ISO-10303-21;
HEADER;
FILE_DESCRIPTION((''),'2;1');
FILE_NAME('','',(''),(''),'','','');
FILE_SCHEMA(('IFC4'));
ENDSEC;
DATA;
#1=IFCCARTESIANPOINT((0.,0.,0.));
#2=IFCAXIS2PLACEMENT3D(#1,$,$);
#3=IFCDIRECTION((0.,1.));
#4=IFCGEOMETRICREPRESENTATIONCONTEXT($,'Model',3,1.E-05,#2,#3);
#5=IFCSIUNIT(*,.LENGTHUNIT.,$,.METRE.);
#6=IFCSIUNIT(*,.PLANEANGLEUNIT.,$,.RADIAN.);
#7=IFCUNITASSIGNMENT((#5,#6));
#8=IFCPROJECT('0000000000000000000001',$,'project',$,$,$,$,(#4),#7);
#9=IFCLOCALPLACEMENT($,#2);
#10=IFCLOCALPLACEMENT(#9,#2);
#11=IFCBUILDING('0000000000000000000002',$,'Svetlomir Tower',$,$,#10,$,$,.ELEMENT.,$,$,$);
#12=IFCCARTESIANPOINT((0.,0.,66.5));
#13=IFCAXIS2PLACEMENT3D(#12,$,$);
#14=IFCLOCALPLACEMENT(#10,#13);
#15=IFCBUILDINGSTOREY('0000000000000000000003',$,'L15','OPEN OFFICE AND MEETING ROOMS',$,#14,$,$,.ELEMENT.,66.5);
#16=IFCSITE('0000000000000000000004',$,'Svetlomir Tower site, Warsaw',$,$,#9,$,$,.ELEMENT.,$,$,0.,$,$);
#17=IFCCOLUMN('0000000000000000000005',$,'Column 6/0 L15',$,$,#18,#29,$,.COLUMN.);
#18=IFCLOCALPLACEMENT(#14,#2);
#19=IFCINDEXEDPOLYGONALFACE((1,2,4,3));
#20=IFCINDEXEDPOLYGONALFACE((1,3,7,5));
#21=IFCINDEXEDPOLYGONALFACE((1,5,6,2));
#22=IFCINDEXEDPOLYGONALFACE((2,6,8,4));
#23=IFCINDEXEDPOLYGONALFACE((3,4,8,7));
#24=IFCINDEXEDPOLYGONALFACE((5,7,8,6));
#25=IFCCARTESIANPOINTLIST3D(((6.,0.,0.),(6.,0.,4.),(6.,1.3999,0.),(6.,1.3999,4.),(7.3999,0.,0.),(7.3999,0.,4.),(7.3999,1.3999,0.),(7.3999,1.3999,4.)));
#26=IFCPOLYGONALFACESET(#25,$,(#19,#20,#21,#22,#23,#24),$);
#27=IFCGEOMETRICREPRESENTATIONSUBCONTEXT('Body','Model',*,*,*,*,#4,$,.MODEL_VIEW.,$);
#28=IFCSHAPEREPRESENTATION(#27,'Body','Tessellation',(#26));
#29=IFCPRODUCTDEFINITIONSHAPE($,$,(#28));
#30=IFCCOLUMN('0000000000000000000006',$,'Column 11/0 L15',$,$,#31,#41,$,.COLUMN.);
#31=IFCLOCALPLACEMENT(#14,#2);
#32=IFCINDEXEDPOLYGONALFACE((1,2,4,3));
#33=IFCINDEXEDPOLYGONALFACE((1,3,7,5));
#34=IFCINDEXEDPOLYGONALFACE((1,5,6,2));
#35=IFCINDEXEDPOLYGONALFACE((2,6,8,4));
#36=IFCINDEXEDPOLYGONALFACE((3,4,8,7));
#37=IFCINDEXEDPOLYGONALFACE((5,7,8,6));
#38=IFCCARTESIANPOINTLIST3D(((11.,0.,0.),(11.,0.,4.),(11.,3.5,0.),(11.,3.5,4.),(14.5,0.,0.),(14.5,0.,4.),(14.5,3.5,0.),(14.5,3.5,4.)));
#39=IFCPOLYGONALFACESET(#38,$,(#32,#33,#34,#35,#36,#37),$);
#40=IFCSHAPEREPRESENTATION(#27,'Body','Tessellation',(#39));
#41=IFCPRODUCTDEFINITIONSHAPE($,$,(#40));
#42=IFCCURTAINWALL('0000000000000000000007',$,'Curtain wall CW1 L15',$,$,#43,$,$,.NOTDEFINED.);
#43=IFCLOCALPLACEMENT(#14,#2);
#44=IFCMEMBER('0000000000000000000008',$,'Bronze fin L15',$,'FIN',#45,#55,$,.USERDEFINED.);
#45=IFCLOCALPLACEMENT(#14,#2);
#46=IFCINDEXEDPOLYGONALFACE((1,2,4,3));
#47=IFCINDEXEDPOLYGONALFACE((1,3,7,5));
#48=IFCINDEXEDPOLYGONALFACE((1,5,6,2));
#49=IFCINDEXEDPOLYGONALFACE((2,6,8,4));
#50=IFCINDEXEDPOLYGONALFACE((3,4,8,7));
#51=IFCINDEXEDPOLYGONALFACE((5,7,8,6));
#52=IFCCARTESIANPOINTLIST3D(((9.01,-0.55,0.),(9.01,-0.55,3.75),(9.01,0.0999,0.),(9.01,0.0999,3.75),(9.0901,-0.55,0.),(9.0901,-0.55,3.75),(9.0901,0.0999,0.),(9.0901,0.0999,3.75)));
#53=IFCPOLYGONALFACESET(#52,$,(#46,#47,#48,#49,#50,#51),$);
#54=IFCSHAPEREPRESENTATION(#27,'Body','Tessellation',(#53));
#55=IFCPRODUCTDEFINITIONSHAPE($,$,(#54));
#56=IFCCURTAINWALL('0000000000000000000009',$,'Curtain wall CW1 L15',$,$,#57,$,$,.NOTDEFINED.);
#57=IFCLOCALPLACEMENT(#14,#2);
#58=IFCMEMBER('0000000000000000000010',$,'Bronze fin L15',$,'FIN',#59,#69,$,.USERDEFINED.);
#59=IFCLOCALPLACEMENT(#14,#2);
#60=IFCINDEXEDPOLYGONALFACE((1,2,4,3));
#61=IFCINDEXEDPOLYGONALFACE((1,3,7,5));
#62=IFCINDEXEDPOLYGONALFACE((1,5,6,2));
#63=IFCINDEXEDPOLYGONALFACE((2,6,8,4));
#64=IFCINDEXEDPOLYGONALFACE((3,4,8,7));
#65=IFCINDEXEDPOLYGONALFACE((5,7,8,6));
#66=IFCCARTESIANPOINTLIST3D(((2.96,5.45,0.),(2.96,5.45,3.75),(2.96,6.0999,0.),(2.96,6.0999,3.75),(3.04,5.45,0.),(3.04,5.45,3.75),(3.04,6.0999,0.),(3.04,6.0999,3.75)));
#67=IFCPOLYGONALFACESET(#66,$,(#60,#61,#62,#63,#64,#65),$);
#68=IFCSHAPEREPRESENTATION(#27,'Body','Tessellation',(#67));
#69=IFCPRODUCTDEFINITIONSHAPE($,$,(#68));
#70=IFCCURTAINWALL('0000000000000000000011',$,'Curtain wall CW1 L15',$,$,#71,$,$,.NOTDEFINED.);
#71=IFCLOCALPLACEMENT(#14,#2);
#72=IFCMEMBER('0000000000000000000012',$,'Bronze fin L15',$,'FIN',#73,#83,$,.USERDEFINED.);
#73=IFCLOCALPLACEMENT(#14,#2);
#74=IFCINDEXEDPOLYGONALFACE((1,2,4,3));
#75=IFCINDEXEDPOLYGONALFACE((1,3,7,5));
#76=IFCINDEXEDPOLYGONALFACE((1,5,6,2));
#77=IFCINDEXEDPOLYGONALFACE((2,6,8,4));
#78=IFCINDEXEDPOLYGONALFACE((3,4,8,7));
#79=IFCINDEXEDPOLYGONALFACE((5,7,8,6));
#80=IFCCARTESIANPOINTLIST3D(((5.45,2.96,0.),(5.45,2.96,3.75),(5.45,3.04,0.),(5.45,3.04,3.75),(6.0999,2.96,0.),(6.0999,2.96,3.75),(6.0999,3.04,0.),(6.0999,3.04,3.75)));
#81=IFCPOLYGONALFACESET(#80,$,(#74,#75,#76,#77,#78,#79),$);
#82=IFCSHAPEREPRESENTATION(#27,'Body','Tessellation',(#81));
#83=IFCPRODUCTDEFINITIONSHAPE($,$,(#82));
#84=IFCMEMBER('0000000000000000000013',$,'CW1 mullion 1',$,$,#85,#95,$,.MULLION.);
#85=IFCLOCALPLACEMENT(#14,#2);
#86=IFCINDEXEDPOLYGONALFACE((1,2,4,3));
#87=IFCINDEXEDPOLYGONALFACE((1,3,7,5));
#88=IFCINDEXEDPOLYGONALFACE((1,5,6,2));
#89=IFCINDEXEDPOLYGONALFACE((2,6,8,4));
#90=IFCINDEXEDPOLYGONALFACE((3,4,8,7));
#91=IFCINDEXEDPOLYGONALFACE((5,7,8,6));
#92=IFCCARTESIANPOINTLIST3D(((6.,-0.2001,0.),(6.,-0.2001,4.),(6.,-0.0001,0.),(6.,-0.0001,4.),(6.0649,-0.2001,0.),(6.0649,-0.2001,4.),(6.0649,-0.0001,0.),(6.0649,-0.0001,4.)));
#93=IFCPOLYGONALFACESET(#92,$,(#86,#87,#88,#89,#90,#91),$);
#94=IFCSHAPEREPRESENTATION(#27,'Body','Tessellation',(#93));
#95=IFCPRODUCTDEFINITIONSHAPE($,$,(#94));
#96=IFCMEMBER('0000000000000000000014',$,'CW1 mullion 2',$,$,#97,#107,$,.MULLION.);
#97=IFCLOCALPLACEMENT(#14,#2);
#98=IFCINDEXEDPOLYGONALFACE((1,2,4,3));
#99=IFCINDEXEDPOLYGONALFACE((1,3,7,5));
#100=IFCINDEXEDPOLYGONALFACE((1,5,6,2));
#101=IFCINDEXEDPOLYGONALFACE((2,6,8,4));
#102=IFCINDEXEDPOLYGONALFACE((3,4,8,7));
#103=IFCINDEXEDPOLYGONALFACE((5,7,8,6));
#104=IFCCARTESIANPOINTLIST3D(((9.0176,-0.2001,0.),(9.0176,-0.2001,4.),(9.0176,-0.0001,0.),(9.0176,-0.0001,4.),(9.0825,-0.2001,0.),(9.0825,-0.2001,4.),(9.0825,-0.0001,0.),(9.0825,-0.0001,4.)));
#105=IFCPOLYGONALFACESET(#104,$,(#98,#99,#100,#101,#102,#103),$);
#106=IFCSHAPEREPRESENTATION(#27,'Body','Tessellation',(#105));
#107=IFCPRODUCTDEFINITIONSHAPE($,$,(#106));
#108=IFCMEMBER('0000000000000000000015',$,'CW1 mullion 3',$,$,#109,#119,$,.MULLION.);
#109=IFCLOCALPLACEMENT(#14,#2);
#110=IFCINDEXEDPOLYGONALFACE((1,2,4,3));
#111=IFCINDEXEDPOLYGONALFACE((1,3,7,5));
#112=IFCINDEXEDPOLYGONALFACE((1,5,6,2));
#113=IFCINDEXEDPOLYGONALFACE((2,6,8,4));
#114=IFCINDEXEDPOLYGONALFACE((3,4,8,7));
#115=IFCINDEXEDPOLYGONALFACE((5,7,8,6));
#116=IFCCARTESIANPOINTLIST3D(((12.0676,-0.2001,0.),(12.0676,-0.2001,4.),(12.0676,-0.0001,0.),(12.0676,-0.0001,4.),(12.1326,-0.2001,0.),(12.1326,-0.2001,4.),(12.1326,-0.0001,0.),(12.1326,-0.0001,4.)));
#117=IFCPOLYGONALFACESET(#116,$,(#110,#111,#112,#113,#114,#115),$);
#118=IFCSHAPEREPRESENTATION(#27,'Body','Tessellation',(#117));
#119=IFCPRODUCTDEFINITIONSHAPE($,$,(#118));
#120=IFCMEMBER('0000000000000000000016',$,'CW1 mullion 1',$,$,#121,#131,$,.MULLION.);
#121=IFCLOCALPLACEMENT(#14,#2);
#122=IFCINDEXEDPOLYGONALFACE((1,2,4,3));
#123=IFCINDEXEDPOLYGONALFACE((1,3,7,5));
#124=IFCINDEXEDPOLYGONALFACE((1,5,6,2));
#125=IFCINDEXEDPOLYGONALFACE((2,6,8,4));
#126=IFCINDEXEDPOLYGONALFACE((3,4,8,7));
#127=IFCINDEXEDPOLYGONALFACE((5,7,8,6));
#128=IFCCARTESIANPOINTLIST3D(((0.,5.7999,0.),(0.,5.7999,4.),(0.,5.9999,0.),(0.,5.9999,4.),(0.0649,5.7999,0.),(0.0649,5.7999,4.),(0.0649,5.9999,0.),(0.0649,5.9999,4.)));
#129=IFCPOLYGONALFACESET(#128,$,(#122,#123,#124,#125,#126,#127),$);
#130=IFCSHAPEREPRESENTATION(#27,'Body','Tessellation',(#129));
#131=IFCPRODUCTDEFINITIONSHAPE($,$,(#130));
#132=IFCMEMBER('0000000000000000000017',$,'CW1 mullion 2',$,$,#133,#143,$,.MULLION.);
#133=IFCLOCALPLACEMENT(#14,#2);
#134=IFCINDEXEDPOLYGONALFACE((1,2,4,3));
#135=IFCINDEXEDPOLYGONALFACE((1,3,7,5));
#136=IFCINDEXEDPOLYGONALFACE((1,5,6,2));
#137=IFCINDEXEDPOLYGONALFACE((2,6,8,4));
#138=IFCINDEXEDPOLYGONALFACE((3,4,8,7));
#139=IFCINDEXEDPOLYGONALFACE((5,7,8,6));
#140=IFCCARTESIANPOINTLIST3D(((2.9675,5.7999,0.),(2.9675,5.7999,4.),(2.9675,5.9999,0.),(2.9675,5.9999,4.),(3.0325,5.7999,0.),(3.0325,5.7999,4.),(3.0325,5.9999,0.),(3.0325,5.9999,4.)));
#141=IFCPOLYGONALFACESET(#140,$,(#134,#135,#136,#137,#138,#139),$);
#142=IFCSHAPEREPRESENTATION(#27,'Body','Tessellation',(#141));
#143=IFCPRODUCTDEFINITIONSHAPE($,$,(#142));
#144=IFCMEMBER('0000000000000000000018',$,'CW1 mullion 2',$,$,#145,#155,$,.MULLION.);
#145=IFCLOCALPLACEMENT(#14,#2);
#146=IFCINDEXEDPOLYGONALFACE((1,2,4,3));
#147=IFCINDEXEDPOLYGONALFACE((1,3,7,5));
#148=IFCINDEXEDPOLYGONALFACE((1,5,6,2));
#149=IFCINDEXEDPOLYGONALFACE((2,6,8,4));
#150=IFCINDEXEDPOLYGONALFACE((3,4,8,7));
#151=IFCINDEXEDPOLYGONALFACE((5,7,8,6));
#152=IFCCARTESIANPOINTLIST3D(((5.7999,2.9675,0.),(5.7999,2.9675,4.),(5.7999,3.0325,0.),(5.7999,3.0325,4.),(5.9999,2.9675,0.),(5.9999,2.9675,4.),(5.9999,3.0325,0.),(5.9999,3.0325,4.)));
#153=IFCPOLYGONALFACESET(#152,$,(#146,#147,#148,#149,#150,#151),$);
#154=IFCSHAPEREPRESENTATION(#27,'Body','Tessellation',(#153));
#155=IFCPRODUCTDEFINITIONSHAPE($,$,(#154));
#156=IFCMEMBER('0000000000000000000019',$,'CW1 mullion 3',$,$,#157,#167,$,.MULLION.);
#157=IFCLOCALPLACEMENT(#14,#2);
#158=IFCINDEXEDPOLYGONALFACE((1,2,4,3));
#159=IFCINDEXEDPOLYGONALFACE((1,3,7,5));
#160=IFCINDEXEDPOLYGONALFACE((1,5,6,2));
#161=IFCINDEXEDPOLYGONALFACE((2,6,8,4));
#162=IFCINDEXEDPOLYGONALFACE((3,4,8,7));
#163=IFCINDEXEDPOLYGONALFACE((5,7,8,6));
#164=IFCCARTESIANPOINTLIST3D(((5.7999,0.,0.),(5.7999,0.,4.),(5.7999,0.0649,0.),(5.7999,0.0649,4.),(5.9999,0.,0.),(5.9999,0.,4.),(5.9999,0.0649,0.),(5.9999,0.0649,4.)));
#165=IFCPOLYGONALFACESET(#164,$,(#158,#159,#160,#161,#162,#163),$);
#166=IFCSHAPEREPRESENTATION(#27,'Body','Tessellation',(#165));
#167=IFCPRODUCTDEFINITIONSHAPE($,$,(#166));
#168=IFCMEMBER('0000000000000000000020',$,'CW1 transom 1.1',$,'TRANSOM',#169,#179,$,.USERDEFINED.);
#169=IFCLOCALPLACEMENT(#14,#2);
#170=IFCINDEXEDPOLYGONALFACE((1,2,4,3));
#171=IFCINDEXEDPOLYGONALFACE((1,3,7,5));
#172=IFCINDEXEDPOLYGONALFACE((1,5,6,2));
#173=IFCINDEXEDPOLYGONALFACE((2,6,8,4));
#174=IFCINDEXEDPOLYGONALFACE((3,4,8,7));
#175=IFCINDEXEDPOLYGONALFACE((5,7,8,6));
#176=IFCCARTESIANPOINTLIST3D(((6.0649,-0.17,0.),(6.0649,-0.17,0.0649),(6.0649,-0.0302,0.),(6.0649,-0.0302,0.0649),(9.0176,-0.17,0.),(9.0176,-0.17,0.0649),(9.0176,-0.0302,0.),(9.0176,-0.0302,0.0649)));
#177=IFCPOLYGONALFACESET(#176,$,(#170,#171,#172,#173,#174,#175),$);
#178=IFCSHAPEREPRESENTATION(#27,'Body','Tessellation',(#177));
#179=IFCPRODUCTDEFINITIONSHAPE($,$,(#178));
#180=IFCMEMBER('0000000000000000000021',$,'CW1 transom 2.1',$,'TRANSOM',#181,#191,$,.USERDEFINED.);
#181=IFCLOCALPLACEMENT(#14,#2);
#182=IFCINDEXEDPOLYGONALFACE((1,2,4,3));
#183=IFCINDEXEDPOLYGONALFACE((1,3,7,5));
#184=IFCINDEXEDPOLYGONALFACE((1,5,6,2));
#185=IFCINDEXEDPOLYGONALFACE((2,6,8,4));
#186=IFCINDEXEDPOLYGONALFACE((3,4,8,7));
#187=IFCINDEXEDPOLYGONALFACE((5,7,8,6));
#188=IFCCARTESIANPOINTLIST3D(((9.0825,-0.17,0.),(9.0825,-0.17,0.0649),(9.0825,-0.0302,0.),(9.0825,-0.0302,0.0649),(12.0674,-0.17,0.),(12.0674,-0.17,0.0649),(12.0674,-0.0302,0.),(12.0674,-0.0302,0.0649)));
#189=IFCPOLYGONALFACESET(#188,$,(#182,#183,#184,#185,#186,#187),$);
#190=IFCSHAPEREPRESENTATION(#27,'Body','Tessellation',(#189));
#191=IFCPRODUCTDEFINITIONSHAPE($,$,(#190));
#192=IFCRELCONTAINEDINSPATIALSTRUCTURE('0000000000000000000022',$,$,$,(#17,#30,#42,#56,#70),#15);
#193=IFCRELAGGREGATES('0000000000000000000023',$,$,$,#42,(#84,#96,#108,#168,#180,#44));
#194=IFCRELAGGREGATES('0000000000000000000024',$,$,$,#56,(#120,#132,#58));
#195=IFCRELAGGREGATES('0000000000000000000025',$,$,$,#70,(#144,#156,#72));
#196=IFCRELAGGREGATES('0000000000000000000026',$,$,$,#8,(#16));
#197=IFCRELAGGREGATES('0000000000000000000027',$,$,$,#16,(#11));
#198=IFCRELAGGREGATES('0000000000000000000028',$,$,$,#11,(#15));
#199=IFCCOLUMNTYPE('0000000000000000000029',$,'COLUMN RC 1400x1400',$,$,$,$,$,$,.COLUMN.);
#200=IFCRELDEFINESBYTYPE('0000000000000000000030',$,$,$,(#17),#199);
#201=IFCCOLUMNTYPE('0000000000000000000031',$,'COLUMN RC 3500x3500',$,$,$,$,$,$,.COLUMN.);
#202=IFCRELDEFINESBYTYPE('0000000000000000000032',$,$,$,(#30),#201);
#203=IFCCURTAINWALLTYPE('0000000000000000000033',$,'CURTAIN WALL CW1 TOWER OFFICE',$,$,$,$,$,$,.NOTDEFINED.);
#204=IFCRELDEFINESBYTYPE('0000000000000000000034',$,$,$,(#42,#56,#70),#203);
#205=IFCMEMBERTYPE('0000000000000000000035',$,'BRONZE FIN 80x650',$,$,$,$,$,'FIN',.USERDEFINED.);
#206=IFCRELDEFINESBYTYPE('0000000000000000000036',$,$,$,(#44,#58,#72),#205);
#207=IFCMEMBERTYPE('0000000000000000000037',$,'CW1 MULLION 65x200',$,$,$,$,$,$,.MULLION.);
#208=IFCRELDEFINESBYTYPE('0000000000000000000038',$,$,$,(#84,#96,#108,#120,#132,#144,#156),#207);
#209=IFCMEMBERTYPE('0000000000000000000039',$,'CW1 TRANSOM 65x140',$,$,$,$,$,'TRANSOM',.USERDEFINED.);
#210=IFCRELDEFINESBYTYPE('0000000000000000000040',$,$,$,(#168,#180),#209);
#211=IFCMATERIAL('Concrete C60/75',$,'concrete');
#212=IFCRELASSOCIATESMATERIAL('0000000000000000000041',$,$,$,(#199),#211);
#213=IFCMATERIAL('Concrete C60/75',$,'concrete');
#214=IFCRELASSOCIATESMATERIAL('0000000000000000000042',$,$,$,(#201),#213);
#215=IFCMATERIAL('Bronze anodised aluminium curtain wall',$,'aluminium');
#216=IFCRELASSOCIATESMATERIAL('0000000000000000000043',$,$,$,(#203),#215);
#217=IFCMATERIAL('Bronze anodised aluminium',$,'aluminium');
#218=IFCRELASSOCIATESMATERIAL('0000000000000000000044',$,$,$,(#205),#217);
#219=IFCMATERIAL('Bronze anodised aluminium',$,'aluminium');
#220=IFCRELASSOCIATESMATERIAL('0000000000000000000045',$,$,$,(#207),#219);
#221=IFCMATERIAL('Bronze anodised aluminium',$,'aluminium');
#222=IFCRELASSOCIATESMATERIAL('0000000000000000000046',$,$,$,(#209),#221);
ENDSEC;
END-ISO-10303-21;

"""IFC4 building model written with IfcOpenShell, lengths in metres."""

from ifc_helpers import new_model, si_unit, direction, frame, origin, origin_2d, place, context, subcontext, project, spatial, rectangle, extrude, material, material_profile, profile_set, type_object, element, aggregate, save


model = new_model("IFC4")

# Units and contexts
model_context = context("Model", 3, precision=1e-05, world=origin(), true_north=direction((0.0, 1.0)))
body_context = subcontext(model_context, "Body", "Model", "MODEL_VIEW")
ifc_project = project(units=[si_unit("LENGTHUNIT", "METRE"), si_unit("PLANEANGLEUNIT", "RADIAN")], contexts=[model_context])

# Site, building, storey
site_placement = place(None, origin())
site = spatial("IfcSite", under=ifc_project, at=site_placement, Name="Svetlomir Tower site, Warsaw", CompositionType="ELEMENT", RefElevation=0.0)
building_placement = place(site_placement, origin())
building = spatial("IfcBuilding", under=site, at=building_placement, Name="Svetlomir Tower", CompositionType="ELEMENT")
storey_placement = place(building_placement, frame((0.0, 0.0, 66.5)))
storey = spatial("IfcBuildingStorey", under=building, at=storey_placement, Name="L15", Description="OPEN OFFICE AND MEETING ROOMS", CompositionType="ELEMENT", Elevation=66.5)

# Columns
ifc_material_1 = material(Name="Concrete C60/75", Category="concrete")
ifc_material_profile_1 = material_profile(ifc_material_1, rectangle(XDim=1.3999, YDim=1.3999, at=origin_2d()), Name="RC 1400x1400")
ifc_profile_set_1 = profile_set([ifc_material_profile_1], Name="Concrete C60/75")
column_type_1 = type_object("IfcColumnType", Name="COLUMN RC 1400x1400", PredefinedType="COLUMN", material=ifc_profile_set_1)
column_1_placement = place(storey_placement, frame((6.7, 0.7, 0.0), z_axis=(0.0, 0.0, 1.0), x_axis=(1.0, 0.0, 0.0)))
element("IfcColumn", 1, at=column_1_placement, inside=storey, type_object=column_type_1, Name="Column 6/0 L15", PredefinedType="COLUMN", context=body_context, shape_type="SweptSolid", body=[
    extrude(rectangle(XDim=1.3999, YDim=1.3999, at=origin_2d()), origin(), (0.0, 0.0, 1.0), 4.0),
])
ifc_material_2 = material(Name="Concrete C60/75", Category="concrete")
ifc_material_profile_2 = material_profile(ifc_material_2, rectangle(XDim=3.5, YDim=3.5, at=origin_2d()), Name="RC 3500x3500")
ifc_profile_set_2 = profile_set([ifc_material_profile_2], Name="Concrete C60/75")
column_type_2 = type_object("IfcColumnType", Name="COLUMN RC 3500x3500", PredefinedType="COLUMN", material=ifc_profile_set_2)
column_2_placement = place(storey_placement, frame((12.75, 1.75, 0.0), z_axis=(0.0, 0.0, 1.0), x_axis=(1.0, 0.0, 0.0)))
element("IfcColumn", 2, at=column_2_placement, inside=storey, type_object=column_type_2, Name="Column 11/0 L15", PredefinedType="COLUMN", context=body_context, shape_type="SweptSolid", body=[
    extrude(rectangle(XDim=3.5, YDim=3.5, at=origin_2d()), origin(), (0.0, 0.0, 1.0), 4.0),
])

# Curtain walls, members
ifc_material_3 = material(Name="Bronze anodised aluminium curtain wall", Category="aluminium")
curtain_wall_type = type_object("IfcCurtainWallType", Name="CURTAIN WALL CW1 TOWER OFFICE", PredefinedType="NOTDEFINED", material=ifc_material_3)
curtain_wall_1_placement = place(storey_placement, origin())
curtain_wall_1 = element("IfcCurtainWall", 3, at=curtain_wall_1_placement, inside=storey, type_object=curtain_wall_type, Name="Curtain wall CW1 L15", PredefinedType="NOTDEFINED")
ifc_material_4 = material(Name="Bronze anodised aluminium", Category="aluminium")
ifc_material_profile_3 = material_profile(ifc_material_4, rectangle(XDim=0.0801, YDim=0.6499, at=origin_2d()), Name="FIN 80x650")
ifc_profile_set_3 = profile_set([ifc_material_profile_3], Name="Bronze anodised aluminium 6063-T6")
member_type_1 = type_object("IfcMemberType", Name="BRONZE FIN 80x650", ElementType="FIN", PredefinedType="USERDEFINED", material=ifc_profile_set_3)
member_1_placement = place(storey_placement, frame((9.05, -0.2251, 0.0), z_axis=(0.0, 0.0, 1.0), x_axis=(1.0, 0.0, 0.0)))
member_1 = element("IfcMember", 4, at=member_1_placement, type_object=member_type_1, Name="Bronze fin L15", ObjectType="FIN", PredefinedType="USERDEFINED", context=body_context, shape_type="SweptSolid", body=[
    extrude(rectangle(XDim=0.0801, YDim=0.6499, at=origin_2d()), origin(), (0.0, 0.0, 1.0), 3.75),
])
curtain_wall_2_placement = place(storey_placement, origin())
curtain_wall_2 = element("IfcCurtainWall", 5, at=curtain_wall_2_placement, inside=storey, type_object=curtain_wall_type, Name="Curtain wall CW1 L15", PredefinedType="NOTDEFINED")
member_2_placement = place(storey_placement, frame((3.0, 5.7749, 0.0), z_axis=(0.0, 0.0, 1.0), x_axis=(1.0, 0.0, 0.0)))
member_2 = element("IfcMember", 6, at=member_2_placement, type_object=member_type_1, Name="Bronze fin L15", ObjectType="FIN", PredefinedType="USERDEFINED", context=body_context, shape_type="SweptSolid", body=[
    extrude(rectangle(XDim=0.0801, YDim=0.6499, at=origin_2d()), origin(), (0.0, 0.0, 1.0), 3.75),
])
curtain_wall_3_placement = place(storey_placement, origin())
curtain_wall_3 = element("IfcCurtainWall", 7, at=curtain_wall_3_placement, inside=storey, type_object=curtain_wall_type, Name="Curtain wall CW1 L15", PredefinedType="NOTDEFINED")
member_3_placement = place(storey_placement, frame((5.7749, 3.0, 0.0), z_axis=(0.0, 0.0, 1.0), x_axis=(0.0, 1.0, 0.0)))
member_3 = element("IfcMember", 8, at=member_3_placement, type_object=member_type_1, Name="Bronze fin L15", ObjectType="FIN", PredefinedType="USERDEFINED", context=body_context, shape_type="SweptSolid", body=[
    extrude(rectangle(XDim=0.0801, YDim=0.6499, at=origin_2d()), origin(), (0.0, 0.0, 1.0), 3.75),
])

# Members
ifc_material_5 = material(Name="Bronze anodised aluminium", Category="aluminium")
ifc_material_profile_4 = material_profile(ifc_material_5, rectangle(XDim=0.0649, YDim=0.2, at=origin_2d()), Name="AL 65x200")
ifc_profile_set_4 = profile_set([ifc_material_profile_4], Name="Bronze anodised aluminium 6063-T6")
member_type_2 = type_object("IfcMemberType", Name="CW1 MULLION 65x200", PredefinedType="MULLION", material=ifc_profile_set_4)
member_4_placement = place(storey_placement, frame((6.0325, -0.1001, 0.0), z_axis=(0.0, 0.0, 1.0), x_axis=(1.0, 0.0, 0.0)))
member_4 = element("IfcMember", 9, at=member_4_placement, type_object=member_type_2, Name="CW1 mullion 1", PredefinedType="MULLION", context=body_context, shape_type="SweptSolid", body=[
    extrude(rectangle(XDim=0.0649, YDim=0.2, at=origin_2d()), origin(), (0.0, 0.0, 1.0), 4.0),
])
member_5_placement = place(storey_placement, frame((9.05, -0.1001, 0.0), z_axis=(0.0, 0.0, 1.0), x_axis=(1.0, 0.0, 0.0)))
member_5 = element("IfcMember", 10, at=member_5_placement, type_object=member_type_2, Name="CW1 mullion 2", PredefinedType="MULLION", context=body_context, shape_type="SweptSolid", body=[
    extrude(rectangle(XDim=0.0649, YDim=0.2, at=origin_2d()), origin(), (0.0, 0.0, 1.0), 4.0),
])
member_6_placement = place(storey_placement, frame((12.1001, -0.1001, 0.0), z_axis=(0.0, 0.0, 1.0), x_axis=(1.0, 0.0, 0.0)))
member_6 = element("IfcMember", 11, at=member_6_placement, type_object=member_type_2, Name="CW1 mullion 3", PredefinedType="MULLION", context=body_context, shape_type="SweptSolid", body=[
    extrude(rectangle(XDim=0.0649, YDim=0.2, at=origin_2d()), origin(), (0.0, 0.0, 1.0), 4.0),
])
member_7_placement = place(storey_placement, frame((0.0325, 5.8999, 0.0), z_axis=(0.0, 0.0, 1.0), x_axis=(1.0, 0.0, 0.0)))
member_7 = element("IfcMember", 12, at=member_7_placement, type_object=member_type_2, Name="CW1 mullion 1", PredefinedType="MULLION", context=body_context, shape_type="SweptSolid", body=[
    extrude(rectangle(XDim=0.0649, YDim=0.2, at=origin_2d()), origin(), (0.0, 0.0, 1.0), 4.0),
])
member_8_placement = place(storey_placement, frame((3.0, 5.8999, 0.0), z_axis=(0.0, 0.0, 1.0), x_axis=(1.0, 0.0, 0.0)))
member_8 = element("IfcMember", 13, at=member_8_placement, type_object=member_type_2, Name="CW1 mullion 2", PredefinedType="MULLION", context=body_context, shape_type="SweptSolid", body=[
    extrude(rectangle(XDim=0.0649, YDim=0.2, at=origin_2d()), origin(), (0.0, 0.0, 1.0), 4.0),
])
member_9_placement = place(storey_placement, frame((5.8999, 3.0, 0.0), z_axis=(0.0, 0.0, 1.0), x_axis=(0.0, -1.0, 0.0)))
member_9 = element("IfcMember", 14, at=member_9_placement, type_object=member_type_2, Name="CW1 mullion 2", PredefinedType="MULLION", context=body_context, shape_type="SweptSolid", body=[
    extrude(rectangle(XDim=0.0649, YDim=0.2, at=origin_2d()), origin(), (0.0, 0.0, 1.0), 4.0),
])
member_10_placement = place(storey_placement, frame((5.8999, 0.0325, 0.0), z_axis=(0.0, 0.0, 1.0), x_axis=(0.0, -1.0, 0.0)))
member_10 = element("IfcMember", 15, at=member_10_placement, type_object=member_type_2, Name="CW1 mullion 3", PredefinedType="MULLION", context=body_context, shape_type="SweptSolid", body=[
    extrude(rectangle(XDim=0.0649, YDim=0.2, at=origin_2d()), origin(), (0.0, 0.0, 1.0), 4.0),
])
ifc_material_6 = material(Name="Bronze anodised aluminium", Category="aluminium")
ifc_material_profile_5 = material_profile(ifc_material_6, rectangle(XDim=0.1399, YDim=0.0649, at=origin_2d()), Name="AL 140x65")
ifc_profile_set_5 = profile_set([ifc_material_profile_5], Name="Bronze anodised aluminium 6063-T6")
member_type_3 = type_object("IfcMemberType", Name="CW1 TRANSOM 65x140", ElementType="TRANSOM", PredefinedType="USERDEFINED", material=ifc_profile_set_5)
member_11_placement = place(storey_placement, frame((6.0649, -0.1001, 0.0325), z_axis=(1.0, 0.0, 0.0), x_axis=(0.0, 1.0, 0.0)))
member_11 = element("IfcMember", 16, at=member_11_placement, type_object=member_type_3, Name="CW1 transom 1.1", ObjectType="TRANSOM", PredefinedType="USERDEFINED", context=body_context, shape_type="SweptSolid", body=[
    extrude(rectangle(XDim=0.1399, YDim=0.0649, at=origin_2d()), origin(), (0.0, 0.0, 1.0), 2.9526),
])
member_12_placement = place(storey_placement, frame((9.0825, -0.1001, 0.0325), z_axis=(1.0, 0.0, 0.0), x_axis=(0.0, 1.0, 0.0)))
member_12 = element("IfcMember", 17, at=member_12_placement, type_object=member_type_3, Name="CW1 transom 2.1", ObjectType="TRANSOM", PredefinedType="USERDEFINED", context=body_context, shape_type="SweptSolid", body=[
    extrude(rectangle(XDim=0.1399, YDim=0.0649, at=origin_2d()), origin(), (0.0, 0.0, 1.0), 2.9849),
])

aggregate(curtain_wall_1, [member_4, member_5, member_6, member_11, member_12, member_1])
aggregate(curtain_wall_2, [member_7, member_8, member_2])
aggregate(curtain_wall_3, [member_9, member_10, member_3])

save(model, "model.ifc")
